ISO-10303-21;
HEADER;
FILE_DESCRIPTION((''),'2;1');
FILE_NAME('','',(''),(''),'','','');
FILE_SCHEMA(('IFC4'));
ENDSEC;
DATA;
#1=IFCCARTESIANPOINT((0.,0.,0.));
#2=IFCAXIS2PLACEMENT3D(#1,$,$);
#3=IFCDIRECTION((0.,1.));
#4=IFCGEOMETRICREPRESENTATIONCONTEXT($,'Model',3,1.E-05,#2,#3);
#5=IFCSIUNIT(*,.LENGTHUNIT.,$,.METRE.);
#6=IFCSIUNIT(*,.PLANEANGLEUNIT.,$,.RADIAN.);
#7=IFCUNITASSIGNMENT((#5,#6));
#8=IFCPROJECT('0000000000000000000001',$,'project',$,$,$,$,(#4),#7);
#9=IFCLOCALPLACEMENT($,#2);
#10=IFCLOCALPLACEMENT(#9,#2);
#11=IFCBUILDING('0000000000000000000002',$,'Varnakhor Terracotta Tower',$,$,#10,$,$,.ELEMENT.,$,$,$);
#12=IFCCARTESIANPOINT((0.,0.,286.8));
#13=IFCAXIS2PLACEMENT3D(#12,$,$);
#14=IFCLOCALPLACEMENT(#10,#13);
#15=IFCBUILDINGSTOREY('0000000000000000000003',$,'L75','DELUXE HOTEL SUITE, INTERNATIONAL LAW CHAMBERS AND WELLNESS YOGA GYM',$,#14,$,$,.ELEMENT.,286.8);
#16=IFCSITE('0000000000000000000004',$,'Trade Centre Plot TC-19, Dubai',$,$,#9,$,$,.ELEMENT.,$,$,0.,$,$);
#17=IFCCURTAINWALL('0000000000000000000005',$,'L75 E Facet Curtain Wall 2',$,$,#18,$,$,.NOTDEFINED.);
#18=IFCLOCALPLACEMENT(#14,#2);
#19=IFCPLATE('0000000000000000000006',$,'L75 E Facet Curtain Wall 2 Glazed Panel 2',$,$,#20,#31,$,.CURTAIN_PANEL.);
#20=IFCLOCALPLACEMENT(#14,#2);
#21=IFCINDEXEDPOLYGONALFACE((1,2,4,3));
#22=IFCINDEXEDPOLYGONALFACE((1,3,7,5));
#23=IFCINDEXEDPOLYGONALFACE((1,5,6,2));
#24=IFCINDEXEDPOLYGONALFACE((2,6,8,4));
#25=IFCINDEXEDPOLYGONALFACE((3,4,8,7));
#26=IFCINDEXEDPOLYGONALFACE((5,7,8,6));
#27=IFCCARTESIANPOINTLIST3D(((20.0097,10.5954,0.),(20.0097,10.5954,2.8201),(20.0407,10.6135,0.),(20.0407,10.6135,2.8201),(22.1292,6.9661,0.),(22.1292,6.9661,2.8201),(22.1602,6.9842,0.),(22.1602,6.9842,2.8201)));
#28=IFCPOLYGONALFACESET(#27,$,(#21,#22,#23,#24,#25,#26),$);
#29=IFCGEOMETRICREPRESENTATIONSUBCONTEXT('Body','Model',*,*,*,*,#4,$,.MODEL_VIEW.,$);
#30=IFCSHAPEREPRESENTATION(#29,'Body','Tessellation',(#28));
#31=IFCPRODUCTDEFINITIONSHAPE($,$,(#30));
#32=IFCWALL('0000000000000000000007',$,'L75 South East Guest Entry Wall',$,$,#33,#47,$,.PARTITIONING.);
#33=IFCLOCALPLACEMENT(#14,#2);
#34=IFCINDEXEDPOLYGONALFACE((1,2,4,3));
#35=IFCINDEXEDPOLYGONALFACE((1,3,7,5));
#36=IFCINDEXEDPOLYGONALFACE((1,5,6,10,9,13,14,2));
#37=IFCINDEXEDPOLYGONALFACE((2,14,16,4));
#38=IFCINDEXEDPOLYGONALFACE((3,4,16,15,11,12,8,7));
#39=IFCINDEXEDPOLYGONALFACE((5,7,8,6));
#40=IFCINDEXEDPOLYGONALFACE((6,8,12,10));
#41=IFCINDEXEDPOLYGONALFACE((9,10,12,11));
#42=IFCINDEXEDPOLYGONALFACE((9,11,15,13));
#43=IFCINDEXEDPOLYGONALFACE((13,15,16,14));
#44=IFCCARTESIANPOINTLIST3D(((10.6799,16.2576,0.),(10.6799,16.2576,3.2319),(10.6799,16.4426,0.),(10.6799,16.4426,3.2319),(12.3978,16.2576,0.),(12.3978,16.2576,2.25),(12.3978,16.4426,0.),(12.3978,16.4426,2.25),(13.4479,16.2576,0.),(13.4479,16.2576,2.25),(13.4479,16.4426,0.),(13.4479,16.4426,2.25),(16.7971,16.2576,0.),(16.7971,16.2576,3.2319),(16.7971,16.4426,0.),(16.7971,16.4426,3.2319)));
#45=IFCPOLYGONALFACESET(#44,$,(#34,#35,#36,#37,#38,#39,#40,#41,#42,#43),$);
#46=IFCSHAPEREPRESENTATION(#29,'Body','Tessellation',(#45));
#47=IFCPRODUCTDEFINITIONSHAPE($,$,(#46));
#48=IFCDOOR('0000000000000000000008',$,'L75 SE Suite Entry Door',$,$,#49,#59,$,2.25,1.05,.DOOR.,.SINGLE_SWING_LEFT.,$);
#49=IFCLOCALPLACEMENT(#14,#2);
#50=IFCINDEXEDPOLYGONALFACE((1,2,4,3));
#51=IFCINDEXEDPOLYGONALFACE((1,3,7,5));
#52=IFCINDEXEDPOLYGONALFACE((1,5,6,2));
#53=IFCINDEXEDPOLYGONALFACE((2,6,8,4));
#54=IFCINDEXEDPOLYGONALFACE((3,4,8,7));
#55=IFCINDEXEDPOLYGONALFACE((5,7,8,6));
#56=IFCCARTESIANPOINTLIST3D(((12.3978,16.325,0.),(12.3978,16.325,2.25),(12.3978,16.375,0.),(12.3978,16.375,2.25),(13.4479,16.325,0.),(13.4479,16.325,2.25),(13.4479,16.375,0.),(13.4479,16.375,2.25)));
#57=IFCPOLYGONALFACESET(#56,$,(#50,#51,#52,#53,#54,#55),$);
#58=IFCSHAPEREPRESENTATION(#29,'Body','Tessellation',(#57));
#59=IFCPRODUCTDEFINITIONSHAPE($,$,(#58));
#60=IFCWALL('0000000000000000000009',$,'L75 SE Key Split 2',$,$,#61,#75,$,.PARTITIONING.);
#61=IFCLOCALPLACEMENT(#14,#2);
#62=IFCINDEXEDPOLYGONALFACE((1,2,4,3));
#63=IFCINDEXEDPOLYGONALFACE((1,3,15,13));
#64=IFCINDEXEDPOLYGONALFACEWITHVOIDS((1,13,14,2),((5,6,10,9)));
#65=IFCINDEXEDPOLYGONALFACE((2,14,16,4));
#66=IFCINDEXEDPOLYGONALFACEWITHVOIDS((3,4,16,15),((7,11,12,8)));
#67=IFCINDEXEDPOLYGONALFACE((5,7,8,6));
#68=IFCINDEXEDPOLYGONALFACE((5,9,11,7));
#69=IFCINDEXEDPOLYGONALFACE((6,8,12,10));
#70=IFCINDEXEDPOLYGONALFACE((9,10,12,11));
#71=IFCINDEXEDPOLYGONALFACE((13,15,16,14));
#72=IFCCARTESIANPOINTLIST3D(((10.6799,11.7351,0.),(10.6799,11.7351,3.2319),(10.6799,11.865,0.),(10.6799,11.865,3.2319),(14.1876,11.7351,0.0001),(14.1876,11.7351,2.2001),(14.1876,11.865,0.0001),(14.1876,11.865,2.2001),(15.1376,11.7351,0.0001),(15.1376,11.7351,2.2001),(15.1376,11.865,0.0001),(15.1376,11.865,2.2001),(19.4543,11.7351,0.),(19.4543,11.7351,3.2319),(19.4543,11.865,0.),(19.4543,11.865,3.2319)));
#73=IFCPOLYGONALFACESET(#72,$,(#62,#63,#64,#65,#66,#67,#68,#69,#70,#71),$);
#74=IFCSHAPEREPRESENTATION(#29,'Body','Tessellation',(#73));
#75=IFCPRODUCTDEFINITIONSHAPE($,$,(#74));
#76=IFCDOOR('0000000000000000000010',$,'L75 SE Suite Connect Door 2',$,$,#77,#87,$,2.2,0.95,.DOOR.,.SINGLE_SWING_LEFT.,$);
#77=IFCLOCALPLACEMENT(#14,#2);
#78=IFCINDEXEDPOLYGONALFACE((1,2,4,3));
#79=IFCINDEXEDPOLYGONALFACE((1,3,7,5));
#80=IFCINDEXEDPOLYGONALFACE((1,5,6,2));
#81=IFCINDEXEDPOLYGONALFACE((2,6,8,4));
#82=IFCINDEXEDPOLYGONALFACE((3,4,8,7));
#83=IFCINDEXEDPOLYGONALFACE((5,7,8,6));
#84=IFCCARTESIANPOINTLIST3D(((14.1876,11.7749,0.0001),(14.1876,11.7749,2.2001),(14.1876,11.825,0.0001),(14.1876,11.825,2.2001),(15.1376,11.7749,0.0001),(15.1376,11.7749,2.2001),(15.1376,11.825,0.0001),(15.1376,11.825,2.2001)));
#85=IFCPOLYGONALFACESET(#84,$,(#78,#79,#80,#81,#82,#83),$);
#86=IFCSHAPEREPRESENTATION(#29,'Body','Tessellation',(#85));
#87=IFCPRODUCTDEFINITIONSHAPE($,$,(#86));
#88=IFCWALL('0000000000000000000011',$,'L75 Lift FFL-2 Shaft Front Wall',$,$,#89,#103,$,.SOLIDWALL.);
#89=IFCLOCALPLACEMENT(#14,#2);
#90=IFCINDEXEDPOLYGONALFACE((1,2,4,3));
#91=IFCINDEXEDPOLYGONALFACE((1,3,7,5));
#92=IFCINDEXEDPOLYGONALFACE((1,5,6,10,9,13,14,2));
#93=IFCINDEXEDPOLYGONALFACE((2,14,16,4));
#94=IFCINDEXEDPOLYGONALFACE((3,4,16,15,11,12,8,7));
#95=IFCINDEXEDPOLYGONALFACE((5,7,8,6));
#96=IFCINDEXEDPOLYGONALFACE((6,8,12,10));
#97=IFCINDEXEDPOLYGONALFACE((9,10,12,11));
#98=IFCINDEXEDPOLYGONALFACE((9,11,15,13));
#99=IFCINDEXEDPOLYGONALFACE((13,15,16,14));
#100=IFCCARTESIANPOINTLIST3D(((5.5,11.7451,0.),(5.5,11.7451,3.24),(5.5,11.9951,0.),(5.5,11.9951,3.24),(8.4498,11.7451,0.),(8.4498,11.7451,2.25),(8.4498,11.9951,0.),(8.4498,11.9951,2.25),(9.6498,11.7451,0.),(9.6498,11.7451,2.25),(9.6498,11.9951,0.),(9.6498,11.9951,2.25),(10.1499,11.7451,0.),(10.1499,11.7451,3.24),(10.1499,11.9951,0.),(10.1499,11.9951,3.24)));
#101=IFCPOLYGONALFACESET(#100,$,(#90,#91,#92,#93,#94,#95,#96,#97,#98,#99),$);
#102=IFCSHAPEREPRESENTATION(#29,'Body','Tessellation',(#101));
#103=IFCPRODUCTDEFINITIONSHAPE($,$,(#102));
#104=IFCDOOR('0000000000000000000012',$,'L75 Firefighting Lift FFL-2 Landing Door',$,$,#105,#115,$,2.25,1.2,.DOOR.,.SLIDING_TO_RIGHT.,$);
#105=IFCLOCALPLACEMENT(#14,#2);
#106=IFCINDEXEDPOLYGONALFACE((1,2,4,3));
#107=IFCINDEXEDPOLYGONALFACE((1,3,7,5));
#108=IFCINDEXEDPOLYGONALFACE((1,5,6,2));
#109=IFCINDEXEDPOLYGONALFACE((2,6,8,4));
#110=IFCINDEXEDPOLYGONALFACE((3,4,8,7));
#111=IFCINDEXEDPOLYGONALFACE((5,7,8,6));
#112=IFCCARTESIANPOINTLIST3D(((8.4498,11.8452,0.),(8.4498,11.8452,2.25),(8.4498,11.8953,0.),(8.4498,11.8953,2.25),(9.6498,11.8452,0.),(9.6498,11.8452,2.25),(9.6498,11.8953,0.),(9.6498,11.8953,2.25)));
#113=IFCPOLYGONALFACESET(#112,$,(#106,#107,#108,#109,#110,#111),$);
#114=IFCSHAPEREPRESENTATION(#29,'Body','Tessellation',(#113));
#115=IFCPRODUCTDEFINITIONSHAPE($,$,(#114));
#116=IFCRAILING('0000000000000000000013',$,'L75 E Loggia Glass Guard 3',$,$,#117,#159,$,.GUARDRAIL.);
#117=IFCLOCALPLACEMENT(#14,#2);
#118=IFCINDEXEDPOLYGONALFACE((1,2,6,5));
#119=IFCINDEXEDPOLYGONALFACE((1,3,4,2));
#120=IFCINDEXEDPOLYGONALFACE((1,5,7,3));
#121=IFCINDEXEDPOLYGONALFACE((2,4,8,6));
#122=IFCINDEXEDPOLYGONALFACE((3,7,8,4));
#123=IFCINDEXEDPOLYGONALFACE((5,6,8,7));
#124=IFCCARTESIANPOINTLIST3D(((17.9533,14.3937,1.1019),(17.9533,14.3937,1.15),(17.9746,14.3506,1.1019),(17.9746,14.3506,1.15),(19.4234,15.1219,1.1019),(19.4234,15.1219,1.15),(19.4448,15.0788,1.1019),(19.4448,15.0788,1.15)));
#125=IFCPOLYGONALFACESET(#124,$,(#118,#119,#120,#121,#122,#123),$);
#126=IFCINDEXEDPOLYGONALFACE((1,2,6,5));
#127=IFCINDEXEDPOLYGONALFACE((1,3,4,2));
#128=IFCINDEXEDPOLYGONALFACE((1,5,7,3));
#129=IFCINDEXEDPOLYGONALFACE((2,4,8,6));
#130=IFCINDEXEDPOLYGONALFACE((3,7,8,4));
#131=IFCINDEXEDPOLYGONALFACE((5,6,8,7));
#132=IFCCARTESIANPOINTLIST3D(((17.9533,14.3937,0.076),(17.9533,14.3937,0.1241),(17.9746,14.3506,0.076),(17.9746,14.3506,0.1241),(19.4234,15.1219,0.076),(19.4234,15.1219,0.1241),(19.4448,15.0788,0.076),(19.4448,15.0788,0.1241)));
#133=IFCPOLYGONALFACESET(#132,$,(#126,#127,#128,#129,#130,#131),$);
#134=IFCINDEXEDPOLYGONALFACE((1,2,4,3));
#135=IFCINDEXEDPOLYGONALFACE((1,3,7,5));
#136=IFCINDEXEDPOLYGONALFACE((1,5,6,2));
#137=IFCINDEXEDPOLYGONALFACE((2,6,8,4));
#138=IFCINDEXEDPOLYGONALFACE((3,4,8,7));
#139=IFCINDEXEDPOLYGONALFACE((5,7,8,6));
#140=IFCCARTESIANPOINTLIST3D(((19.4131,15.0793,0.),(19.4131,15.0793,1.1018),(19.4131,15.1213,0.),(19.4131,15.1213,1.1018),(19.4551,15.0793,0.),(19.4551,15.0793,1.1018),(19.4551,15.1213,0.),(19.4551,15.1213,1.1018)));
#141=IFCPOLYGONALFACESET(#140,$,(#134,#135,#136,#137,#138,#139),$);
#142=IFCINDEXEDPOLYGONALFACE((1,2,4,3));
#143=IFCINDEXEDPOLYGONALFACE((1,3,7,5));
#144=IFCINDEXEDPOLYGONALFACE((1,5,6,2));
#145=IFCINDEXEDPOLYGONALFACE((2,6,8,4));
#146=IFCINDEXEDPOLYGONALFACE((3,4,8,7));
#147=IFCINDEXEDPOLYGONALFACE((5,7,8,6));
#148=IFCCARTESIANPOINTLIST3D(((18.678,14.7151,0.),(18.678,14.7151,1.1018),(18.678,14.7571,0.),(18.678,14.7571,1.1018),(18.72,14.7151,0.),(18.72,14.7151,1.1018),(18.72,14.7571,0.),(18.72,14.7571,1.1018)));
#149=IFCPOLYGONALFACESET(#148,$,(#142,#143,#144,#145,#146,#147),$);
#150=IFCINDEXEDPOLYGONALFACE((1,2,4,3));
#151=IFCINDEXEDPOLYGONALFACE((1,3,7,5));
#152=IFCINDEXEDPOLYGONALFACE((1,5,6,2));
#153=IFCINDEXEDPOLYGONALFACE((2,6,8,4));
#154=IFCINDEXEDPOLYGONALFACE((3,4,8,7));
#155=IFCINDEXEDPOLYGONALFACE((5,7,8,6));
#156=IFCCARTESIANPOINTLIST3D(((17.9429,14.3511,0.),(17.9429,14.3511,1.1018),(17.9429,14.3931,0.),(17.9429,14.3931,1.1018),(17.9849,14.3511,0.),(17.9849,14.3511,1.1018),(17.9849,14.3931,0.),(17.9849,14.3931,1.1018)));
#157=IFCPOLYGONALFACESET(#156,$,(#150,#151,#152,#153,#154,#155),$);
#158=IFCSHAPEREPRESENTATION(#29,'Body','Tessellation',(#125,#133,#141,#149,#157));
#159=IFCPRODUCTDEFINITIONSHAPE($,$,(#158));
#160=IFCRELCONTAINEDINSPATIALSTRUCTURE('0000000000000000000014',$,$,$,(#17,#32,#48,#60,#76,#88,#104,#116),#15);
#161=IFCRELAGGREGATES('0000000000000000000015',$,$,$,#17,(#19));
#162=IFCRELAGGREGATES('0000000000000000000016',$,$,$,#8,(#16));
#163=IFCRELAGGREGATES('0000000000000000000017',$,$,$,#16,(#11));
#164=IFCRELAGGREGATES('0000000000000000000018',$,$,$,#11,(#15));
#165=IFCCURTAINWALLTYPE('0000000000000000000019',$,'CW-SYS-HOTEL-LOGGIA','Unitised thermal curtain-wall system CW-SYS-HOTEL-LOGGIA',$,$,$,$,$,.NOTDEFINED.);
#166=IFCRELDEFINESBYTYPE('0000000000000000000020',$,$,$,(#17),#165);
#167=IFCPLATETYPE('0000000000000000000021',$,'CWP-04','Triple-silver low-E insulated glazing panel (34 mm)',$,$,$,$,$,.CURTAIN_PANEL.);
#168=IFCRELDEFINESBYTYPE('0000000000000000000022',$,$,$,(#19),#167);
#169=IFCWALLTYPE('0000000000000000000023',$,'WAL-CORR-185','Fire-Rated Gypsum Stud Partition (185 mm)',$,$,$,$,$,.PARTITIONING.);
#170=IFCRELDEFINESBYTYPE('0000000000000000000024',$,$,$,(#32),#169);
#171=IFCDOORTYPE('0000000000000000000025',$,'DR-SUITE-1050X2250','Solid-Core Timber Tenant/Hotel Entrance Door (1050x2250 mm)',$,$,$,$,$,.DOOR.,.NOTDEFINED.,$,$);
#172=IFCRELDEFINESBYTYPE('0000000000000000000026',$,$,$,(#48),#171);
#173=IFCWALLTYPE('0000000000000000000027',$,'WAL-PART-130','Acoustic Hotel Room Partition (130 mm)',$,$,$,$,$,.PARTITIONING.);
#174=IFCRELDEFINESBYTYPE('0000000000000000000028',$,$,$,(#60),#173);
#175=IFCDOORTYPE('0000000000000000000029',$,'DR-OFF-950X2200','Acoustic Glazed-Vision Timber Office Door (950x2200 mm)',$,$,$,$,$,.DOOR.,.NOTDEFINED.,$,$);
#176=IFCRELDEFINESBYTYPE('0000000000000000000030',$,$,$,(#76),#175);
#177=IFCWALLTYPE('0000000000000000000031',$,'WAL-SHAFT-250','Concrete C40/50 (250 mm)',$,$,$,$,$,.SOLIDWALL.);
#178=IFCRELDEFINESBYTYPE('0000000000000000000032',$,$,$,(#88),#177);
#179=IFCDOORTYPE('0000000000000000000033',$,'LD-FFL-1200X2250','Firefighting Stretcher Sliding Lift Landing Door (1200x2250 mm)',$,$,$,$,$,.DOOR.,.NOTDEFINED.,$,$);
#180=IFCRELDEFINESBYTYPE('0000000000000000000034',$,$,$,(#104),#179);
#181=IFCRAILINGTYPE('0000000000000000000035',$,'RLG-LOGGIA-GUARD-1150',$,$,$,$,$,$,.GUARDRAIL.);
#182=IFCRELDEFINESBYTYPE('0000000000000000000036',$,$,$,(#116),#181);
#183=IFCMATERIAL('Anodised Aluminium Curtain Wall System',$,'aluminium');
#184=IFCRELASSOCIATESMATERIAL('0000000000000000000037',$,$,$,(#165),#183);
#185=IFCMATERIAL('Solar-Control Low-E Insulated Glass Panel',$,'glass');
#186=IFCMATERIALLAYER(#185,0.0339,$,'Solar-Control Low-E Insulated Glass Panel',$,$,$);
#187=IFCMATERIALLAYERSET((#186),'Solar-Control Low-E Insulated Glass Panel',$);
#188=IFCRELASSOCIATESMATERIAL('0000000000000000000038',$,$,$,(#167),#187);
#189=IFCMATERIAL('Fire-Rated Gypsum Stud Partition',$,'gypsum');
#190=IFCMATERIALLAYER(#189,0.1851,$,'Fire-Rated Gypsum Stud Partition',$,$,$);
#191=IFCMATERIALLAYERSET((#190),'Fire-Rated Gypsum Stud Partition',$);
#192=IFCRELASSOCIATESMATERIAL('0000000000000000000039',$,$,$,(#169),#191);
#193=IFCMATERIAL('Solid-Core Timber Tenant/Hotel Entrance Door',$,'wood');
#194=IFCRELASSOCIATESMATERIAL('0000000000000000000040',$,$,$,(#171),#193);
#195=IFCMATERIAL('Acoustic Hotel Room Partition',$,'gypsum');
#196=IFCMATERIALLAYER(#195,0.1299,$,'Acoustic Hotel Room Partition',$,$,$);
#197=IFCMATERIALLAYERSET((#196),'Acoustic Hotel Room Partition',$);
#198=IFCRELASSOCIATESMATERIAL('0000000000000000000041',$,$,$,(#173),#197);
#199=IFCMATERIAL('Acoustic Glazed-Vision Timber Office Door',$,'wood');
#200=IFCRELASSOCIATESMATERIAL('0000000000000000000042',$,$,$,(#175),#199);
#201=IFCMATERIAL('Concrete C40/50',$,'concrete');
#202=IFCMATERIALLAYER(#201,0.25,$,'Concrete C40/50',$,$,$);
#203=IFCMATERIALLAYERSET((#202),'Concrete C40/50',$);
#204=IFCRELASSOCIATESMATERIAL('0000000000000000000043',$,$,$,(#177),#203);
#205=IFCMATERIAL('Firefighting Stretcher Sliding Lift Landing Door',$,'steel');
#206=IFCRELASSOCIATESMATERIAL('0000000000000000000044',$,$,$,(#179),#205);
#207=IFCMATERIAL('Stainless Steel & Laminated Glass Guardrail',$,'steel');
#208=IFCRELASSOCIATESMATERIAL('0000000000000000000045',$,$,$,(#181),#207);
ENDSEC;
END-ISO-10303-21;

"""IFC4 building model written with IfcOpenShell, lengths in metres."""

from ifc_helpers import new_model, si_unit, direction, frame, frame_2d, origin, origin_2d, place, context, subcontext, project, spatial, rectangle, extrude, source, transform, mapped, material, layer, layer_set, type_object, type_shapes, element, fill, aggregate, save


model = new_model("IFC4")

# Units and contexts
model_context = context("Model", 3, precision=1e-05, world=origin(), true_north=direction((0.0, 1.0)))
body_context = subcontext(model_context, "Body", "Model", "MODEL_VIEW")
ifc_project = project(units=[si_unit("LENGTHUNIT", "METRE"), si_unit("PLANEANGLEUNIT", "RADIAN")], contexts=[model_context])

# Site, building, storey
site_placement = place(None, origin())
site = spatial("IfcSite", under=ifc_project, at=site_placement, Name="Trade Centre Plot TC-19, Dubai", CompositionType="ELEMENT", RefElevation=0.0)
building_placement = place(site_placement, origin())
building = spatial("IfcBuilding", under=site, at=building_placement, Name="Varnakhor Terracotta Tower", CompositionType="ELEMENT")
storey_placement = place(building_placement, frame((0.0, 0.0, 286.8)))
storey = spatial("IfcBuildingStorey", under=building, at=storey_placement, Name="L75", Description="DELUXE HOTEL SUITE, INTERNATIONAL LAW CHAMBERS AND WELLNESS YOGA GYM", CompositionType="ELEMENT", Elevation=286.8)

# Curtain wall
ifc_material_1 = material(Name="Anodised Aluminium Curtain Wall System", Category="aluminium")
curtain_wall_type = type_object("IfcCurtainWallType", Name="CW-SYS-HOTEL-LOGGIA", Description="Unitised thermal curtain-wall system CW-SYS-HOTEL-LOGGIA", PredefinedType="NOTDEFINED", material=ifc_material_1)
curtain_wall_placement = place(storey_placement, origin())
curtain_wall = element("IfcCurtainWall", 1, at=curtain_wall_placement, inside=storey, type_object=curtain_wall_type, Name="L75 E Facet Curtain Wall 2", PredefinedType="NOTDEFINED")

# Plate
ifc_material_2 = material(Name="Solar-Control Low-E Insulated Glass Panel", Category="glass")
ifc_layer_1 = layer(ifc_material_2, 0.0339, Name="Solar-Control Low-E Insulated Glass Panel")
ifc_layer_set_1 = layer_set([ifc_layer_1], Name="Solar-Control Low-E Insulated Glass Panel")
plate_type = type_object("IfcPlateType", Name="CWP-04", Description="Triple-silver low-E insulated glazing panel (34 mm)", PredefinedType="CURTAIN_PANEL", material=ifc_layer_set_1)
shared_shape_1 = source(origin(), body_context, "Body", "SweptSolid", [
    extrude(rectangle(XDim=4.2029, YDim=0.0359, at=origin_2d()), origin(), (0.0, 0.0, 1.0), 2.8201),
])
plate_1_placement = place(storey_placement, frame((21.085, 8.7898, 0.0), z_axis=(0.0, 0.0, 1.0), x_axis=(0.504302, -0.863528, 0.0)))
plate_1 = element("IfcPlate", 2, at=plate_1_placement, type_object=plate_type, Name="L75 E Facet Curtain Wall 2 Glazed Panel 2", PredefinedType="CURTAIN_PANEL", context=body_context, shape_type="MappedRepresentation", body=[
    mapped(shared_shape_1, transform((0.0, 0.0, 0.0), scale=1.0)),
])
aggregate(curtain_wall, [plate_1])

# Walls, openings, doors
ifc_material_3 = material(Name="Fire-Rated Gypsum Stud Partition", Category="gypsum")
ifc_layer_2 = layer(ifc_material_3, 0.1851, Name="Fire-Rated Gypsum Stud Partition")
ifc_layer_set_2 = layer_set([ifc_layer_2], Name="Fire-Rated Gypsum Stud Partition")
wall_type_1 = type_object("IfcWallType", Name="WAL-CORR-185", Description="Fire-Rated Gypsum Stud Partition (185 mm)", PredefinedType="PARTITIONING", material=ifc_layer_set_2)
wall_1_placement = place(storey_placement, frame((10.6799, 16.3501, 0.0), z_axis=(0.0, 0.0, 1.0), x_axis=(1.0, 0.0, 0.0)))
wall_1 = element("IfcWall", 3, at=wall_1_placement, inside=storey, type_object=wall_type_1, Name="L75 South East Guest Entry Wall", PredefinedType="PARTITIONING", context=body_context, shape_type="SweptSolid", body=[
    extrude(rectangle(XDim=6.1172, YDim=0.1851, at=frame_2d((3.0586, 0.0))), origin(), (0.0, 0.0, 1.0), 3.2319),
])
opening_1_placement = place(wall_1_placement, frame((1.718, 0.0, 0.0)))
opening_1 = element("IfcOpeningElement", 4, at=opening_1_placement, cuts=wall_1, PredefinedType="OPENING", context=body_context, shape_type="SweptSolid", body=[
    extrude(rectangle(XDim=1.05, YDim=2.25, at=frame_2d((0.5249, 1.125))), frame((0.0, 0.1025, 0.0), z_axis=(0.0, -1.0, 0.0), x_axis=(1.0, 0.0, 0.0)), (0.0, 0.0, 1.0), 0.2051),
])
ifc_material_4 = material(Name="Solid-Core Timber Tenant/Hotel Entrance Door", Category="wood")
door_type_1 = type_object("IfcDoorType", Name="DR-SUITE-1050X2250", Description="Solid-Core Timber Tenant/Hotel Entrance Door (1050x2250 mm)", OperationType="NOTDEFINED", PredefinedType="DOOR", material=ifc_material_4)
shared_shape_2 = source(origin(), body_context, "Body", "SweptSolid", [
    extrude(rectangle(XDim=1.05, YDim=2.25, at=frame_2d((0.5249, 1.125))), frame((0.0, 0.0249, 0.0), z_axis=(0.0, -1.0, 0.0), x_axis=(1.0, 0.0, 0.0)), (0.0, 0.0, 1.0), 0.05),
])
type_shapes(door_type_1, [shared_shape_2])
door_1_placement = place(opening_1_placement, origin())
door_1 = element("IfcDoor", 5, at=door_1_placement, inside=storey, type_object=door_type_1, Name="L75 SE Suite Entry Door", OperationType="SINGLE_SWING_LEFT", OverallHeight=2.25, OverallWidth=1.05, PredefinedType="DOOR", context=body_context, shape_type="MappedRepresentation", body=[
    mapped(shared_shape_2, transform((0.0, 0.0, 0.0), scale=1.0)),
])
fill(opening_1, door_1)
ifc_material_5 = material(Name="Acoustic Hotel Room Partition", Category="gypsum")
ifc_layer_3 = layer(ifc_material_5, 0.1299, Name="Acoustic Hotel Room Partition")
ifc_layer_set_3 = layer_set([ifc_layer_3], Name="Acoustic Hotel Room Partition")
wall_type_2 = type_object("IfcWallType", Name="WAL-PART-130", Description="Acoustic Hotel Room Partition (130 mm)", PredefinedType="PARTITIONING", material=ifc_layer_set_3)
wall_2_placement = place(storey_placement, frame((10.6799, 11.8, 0.0), z_axis=(0.0, 0.0, 1.0), x_axis=(1.0, 0.0, 0.0)))
wall_2 = element("IfcWall", 6, at=wall_2_placement, inside=storey, type_object=wall_type_2, Name="L75 SE Key Split 2", PredefinedType="PARTITIONING", context=body_context, shape_type="SweptSolid", body=[
    extrude(rectangle(XDim=8.7744, YDim=0.1299, at=frame_2d((4.3872, 0.0))), origin(), (0.0, 0.0, 1.0), 3.2319),
])
opening_2_placement = place(wall_2_placement, frame((3.5076, 0.0, 0.0)))
opening_2 = element("IfcOpeningElement", 7, at=opening_2_placement, cuts=wall_2, PredefinedType="OPENING", context=body_context, shape_type="SweptSolid", body=[
    extrude(rectangle(XDim=0.95, YDim=2.2, at=frame_2d((0.4751, 1.1001))), frame((0.0, 0.075, 0.0), z_axis=(0.0, -1.0, 0.0), x_axis=(1.0, 0.0, 0.0)), (0.0, 0.0, 1.0), 0.1499),
])
ifc_material_6 = material(Name="Acoustic Glazed-Vision Timber Office Door", Category="wood")
door_type_2 = type_object("IfcDoorType", Name="DR-OFF-950X2200", Description="Acoustic Glazed-Vision Timber Office Door (950x2200 mm)", OperationType="NOTDEFINED", PredefinedType="DOOR", material=ifc_material_6)
shared_shape_3 = source(origin(), body_context, "Body", "SweptSolid", [
    extrude(rectangle(XDim=0.95, YDim=2.2, at=frame_2d((0.4751, 1.1001))), frame((0.0, 0.0249, 0.0), z_axis=(0.0, -1.0, 0.0), x_axis=(1.0, 0.0, 0.0)), (0.0, 0.0, 1.0), 0.05),
])
type_shapes(door_type_2, [shared_shape_3])
door_2_placement = place(opening_2_placement, origin())
door_2 = element("IfcDoor", 8, at=door_2_placement, inside=storey, type_object=door_type_2, Name="L75 SE Suite Connect Door 2", OperationType="SINGLE_SWING_LEFT", OverallHeight=2.2, OverallWidth=0.95, PredefinedType="DOOR", context=body_context, shape_type="MappedRepresentation", body=[
    mapped(shared_shape_3, transform((0.0, 0.0, 0.0), scale=1.0)),
])
fill(opening_2, door_2)
ifc_material_7 = material(Name="Concrete C40/50", Category="concrete")
ifc_layer_4 = layer(ifc_material_7, 0.25, Name="Concrete C40/50")
ifc_layer_set_4 = layer_set([ifc_layer_4], Name="Concrete C40/50")
wall_type_3 = type_object("IfcWallType", Name="WAL-SHAFT-250", Description="Concrete C40/50 (250 mm)", PredefinedType="SOLIDWALL", material=ifc_layer_set_4)
wall_3_placement = place(storey_placement, frame((10.1499, 11.8701, 0.0), z_axis=(0.0, 0.0, 1.0), x_axis=(-1.0, 0.0, 0.0)))
wall_3 = element("IfcWall", 9, at=wall_3_placement, inside=storey, type_object=wall_type_3, Name="L75 Lift FFL-2 Shaft Front Wall", PredefinedType="SOLIDWALL", context=body_context, shape_type="SweptSolid", body=[
    extrude(rectangle(XDim=4.6499, YDim=0.25, at=frame_2d((2.325, 0.0))), origin(), (0.0, 0.0, 1.0), 3.24),
])
opening_3_placement = place(wall_3_placement, frame((0.5, 0.0, 0.0)))
opening_3 = element("IfcOpeningElement", 10, at=opening_3_placement, cuts=wall_3, PredefinedType="OPENING", context=body_context, shape_type="SweptSolid", body=[
    extrude(rectangle(XDim=1.2, YDim=2.25, at=frame_2d((0.6001, 1.125))), frame((0.0, 0.135, 0.0), z_axis=(0.0, -1.0, 0.0), x_axis=(1.0, 0.0, 0.0)), (0.0, 0.0, 1.0), 0.27),
])
ifc_material_8 = material(Name="Firefighting Stretcher Sliding Lift Landing Door", Category="steel")
door_type_3 = type_object("IfcDoorType", Name="LD-FFL-1200X2250", Description="Firefighting Stretcher Sliding Lift Landing Door (1200x2250 mm)", OperationType="NOTDEFINED", PredefinedType="DOOR", material=ifc_material_8)
shared_shape_4 = source(origin(), body_context, "Body", "SweptSolid", [
    extrude(rectangle(XDim=1.2, YDim=2.25, at=frame_2d((0.6001, 1.125))), frame((0.0, 0.0249, 0.0), z_axis=(0.0, -1.0, 0.0), x_axis=(1.0, 0.0, 0.0)), (0.0, 0.0, 1.0), 0.05),
])
type_shapes(door_type_3, [shared_shape_4])
door_3_placement = place(opening_3_placement, origin())
door_3 = element("IfcDoor", 11, at=door_3_placement, inside=storey, type_object=door_type_3, Name="L75 Firefighting Lift FFL-2 Landing Door", OperationType="SLIDING_TO_RIGHT", OverallHeight=2.25, OverallWidth=1.2, PredefinedType="DOOR", context=body_context, shape_type="MappedRepresentation", body=[
    mapped(shared_shape_4, transform((0.0, 0.0, 0.0), scale=1.0)),
])
fill(opening_3, door_3)

# Railing
ifc_material_9 = material(Name="Stainless Steel & Laminated Glass Guardrail", Category="steel")
railing_type = type_object("IfcRailingType", Name="RLG-LOGGIA-GUARD-1150", PredefinedType="GUARDRAIL", material=ifc_material_9)
railing_placement = place(storey_placement, frame((19.4341, 15.1003, 0.0)))
element("IfcRailing", 12, at=railing_placement, inside=storey, type_object=railing_type, Name="L75 E Loggia Glass Guard 3", PredefinedType="GUARDRAIL", context=body_context, shape_type="SweptSolid", body=[
    extrude(rectangle(XDim=0.0481, YDim=0.0481, at=origin_2d()), frame((0.0, 0.0, 1.126), z_axis=(-0.896088, -0.443877, 0.0), x_axis=(0.443877, -0.896088, 0.0)), (0.0, 0.0, 1.0), 1.6406),
    extrude(rectangle(XDim=0.0481, YDim=0.0481, at=origin_2d()), frame((0.0, 0.0, 0.1001), z_axis=(-0.896088, -0.443877, 0.0), x_axis=(0.443877, -0.896088, 0.0)), (0.0, 0.0, 1.0), 1.6406),
    extrude(rectangle(XDim=0.042, YDim=0.042, at=origin_2d()), origin(), (0.0, 0.0, 1.0), 1.1018),
    extrude(rectangle(XDim=0.042, YDim=0.042, at=origin_2d()), frame((-0.7351, -0.3643, 0.0)), (0.0, 0.0, 1.0), 1.1018),
    extrude(rectangle(XDim=0.042, YDim=0.042, at=origin_2d()), frame((-1.4702, -0.7283, 0.0)), (0.0, 0.0, 1.0), 1.1018),
])

save(model, "model.ifc")
